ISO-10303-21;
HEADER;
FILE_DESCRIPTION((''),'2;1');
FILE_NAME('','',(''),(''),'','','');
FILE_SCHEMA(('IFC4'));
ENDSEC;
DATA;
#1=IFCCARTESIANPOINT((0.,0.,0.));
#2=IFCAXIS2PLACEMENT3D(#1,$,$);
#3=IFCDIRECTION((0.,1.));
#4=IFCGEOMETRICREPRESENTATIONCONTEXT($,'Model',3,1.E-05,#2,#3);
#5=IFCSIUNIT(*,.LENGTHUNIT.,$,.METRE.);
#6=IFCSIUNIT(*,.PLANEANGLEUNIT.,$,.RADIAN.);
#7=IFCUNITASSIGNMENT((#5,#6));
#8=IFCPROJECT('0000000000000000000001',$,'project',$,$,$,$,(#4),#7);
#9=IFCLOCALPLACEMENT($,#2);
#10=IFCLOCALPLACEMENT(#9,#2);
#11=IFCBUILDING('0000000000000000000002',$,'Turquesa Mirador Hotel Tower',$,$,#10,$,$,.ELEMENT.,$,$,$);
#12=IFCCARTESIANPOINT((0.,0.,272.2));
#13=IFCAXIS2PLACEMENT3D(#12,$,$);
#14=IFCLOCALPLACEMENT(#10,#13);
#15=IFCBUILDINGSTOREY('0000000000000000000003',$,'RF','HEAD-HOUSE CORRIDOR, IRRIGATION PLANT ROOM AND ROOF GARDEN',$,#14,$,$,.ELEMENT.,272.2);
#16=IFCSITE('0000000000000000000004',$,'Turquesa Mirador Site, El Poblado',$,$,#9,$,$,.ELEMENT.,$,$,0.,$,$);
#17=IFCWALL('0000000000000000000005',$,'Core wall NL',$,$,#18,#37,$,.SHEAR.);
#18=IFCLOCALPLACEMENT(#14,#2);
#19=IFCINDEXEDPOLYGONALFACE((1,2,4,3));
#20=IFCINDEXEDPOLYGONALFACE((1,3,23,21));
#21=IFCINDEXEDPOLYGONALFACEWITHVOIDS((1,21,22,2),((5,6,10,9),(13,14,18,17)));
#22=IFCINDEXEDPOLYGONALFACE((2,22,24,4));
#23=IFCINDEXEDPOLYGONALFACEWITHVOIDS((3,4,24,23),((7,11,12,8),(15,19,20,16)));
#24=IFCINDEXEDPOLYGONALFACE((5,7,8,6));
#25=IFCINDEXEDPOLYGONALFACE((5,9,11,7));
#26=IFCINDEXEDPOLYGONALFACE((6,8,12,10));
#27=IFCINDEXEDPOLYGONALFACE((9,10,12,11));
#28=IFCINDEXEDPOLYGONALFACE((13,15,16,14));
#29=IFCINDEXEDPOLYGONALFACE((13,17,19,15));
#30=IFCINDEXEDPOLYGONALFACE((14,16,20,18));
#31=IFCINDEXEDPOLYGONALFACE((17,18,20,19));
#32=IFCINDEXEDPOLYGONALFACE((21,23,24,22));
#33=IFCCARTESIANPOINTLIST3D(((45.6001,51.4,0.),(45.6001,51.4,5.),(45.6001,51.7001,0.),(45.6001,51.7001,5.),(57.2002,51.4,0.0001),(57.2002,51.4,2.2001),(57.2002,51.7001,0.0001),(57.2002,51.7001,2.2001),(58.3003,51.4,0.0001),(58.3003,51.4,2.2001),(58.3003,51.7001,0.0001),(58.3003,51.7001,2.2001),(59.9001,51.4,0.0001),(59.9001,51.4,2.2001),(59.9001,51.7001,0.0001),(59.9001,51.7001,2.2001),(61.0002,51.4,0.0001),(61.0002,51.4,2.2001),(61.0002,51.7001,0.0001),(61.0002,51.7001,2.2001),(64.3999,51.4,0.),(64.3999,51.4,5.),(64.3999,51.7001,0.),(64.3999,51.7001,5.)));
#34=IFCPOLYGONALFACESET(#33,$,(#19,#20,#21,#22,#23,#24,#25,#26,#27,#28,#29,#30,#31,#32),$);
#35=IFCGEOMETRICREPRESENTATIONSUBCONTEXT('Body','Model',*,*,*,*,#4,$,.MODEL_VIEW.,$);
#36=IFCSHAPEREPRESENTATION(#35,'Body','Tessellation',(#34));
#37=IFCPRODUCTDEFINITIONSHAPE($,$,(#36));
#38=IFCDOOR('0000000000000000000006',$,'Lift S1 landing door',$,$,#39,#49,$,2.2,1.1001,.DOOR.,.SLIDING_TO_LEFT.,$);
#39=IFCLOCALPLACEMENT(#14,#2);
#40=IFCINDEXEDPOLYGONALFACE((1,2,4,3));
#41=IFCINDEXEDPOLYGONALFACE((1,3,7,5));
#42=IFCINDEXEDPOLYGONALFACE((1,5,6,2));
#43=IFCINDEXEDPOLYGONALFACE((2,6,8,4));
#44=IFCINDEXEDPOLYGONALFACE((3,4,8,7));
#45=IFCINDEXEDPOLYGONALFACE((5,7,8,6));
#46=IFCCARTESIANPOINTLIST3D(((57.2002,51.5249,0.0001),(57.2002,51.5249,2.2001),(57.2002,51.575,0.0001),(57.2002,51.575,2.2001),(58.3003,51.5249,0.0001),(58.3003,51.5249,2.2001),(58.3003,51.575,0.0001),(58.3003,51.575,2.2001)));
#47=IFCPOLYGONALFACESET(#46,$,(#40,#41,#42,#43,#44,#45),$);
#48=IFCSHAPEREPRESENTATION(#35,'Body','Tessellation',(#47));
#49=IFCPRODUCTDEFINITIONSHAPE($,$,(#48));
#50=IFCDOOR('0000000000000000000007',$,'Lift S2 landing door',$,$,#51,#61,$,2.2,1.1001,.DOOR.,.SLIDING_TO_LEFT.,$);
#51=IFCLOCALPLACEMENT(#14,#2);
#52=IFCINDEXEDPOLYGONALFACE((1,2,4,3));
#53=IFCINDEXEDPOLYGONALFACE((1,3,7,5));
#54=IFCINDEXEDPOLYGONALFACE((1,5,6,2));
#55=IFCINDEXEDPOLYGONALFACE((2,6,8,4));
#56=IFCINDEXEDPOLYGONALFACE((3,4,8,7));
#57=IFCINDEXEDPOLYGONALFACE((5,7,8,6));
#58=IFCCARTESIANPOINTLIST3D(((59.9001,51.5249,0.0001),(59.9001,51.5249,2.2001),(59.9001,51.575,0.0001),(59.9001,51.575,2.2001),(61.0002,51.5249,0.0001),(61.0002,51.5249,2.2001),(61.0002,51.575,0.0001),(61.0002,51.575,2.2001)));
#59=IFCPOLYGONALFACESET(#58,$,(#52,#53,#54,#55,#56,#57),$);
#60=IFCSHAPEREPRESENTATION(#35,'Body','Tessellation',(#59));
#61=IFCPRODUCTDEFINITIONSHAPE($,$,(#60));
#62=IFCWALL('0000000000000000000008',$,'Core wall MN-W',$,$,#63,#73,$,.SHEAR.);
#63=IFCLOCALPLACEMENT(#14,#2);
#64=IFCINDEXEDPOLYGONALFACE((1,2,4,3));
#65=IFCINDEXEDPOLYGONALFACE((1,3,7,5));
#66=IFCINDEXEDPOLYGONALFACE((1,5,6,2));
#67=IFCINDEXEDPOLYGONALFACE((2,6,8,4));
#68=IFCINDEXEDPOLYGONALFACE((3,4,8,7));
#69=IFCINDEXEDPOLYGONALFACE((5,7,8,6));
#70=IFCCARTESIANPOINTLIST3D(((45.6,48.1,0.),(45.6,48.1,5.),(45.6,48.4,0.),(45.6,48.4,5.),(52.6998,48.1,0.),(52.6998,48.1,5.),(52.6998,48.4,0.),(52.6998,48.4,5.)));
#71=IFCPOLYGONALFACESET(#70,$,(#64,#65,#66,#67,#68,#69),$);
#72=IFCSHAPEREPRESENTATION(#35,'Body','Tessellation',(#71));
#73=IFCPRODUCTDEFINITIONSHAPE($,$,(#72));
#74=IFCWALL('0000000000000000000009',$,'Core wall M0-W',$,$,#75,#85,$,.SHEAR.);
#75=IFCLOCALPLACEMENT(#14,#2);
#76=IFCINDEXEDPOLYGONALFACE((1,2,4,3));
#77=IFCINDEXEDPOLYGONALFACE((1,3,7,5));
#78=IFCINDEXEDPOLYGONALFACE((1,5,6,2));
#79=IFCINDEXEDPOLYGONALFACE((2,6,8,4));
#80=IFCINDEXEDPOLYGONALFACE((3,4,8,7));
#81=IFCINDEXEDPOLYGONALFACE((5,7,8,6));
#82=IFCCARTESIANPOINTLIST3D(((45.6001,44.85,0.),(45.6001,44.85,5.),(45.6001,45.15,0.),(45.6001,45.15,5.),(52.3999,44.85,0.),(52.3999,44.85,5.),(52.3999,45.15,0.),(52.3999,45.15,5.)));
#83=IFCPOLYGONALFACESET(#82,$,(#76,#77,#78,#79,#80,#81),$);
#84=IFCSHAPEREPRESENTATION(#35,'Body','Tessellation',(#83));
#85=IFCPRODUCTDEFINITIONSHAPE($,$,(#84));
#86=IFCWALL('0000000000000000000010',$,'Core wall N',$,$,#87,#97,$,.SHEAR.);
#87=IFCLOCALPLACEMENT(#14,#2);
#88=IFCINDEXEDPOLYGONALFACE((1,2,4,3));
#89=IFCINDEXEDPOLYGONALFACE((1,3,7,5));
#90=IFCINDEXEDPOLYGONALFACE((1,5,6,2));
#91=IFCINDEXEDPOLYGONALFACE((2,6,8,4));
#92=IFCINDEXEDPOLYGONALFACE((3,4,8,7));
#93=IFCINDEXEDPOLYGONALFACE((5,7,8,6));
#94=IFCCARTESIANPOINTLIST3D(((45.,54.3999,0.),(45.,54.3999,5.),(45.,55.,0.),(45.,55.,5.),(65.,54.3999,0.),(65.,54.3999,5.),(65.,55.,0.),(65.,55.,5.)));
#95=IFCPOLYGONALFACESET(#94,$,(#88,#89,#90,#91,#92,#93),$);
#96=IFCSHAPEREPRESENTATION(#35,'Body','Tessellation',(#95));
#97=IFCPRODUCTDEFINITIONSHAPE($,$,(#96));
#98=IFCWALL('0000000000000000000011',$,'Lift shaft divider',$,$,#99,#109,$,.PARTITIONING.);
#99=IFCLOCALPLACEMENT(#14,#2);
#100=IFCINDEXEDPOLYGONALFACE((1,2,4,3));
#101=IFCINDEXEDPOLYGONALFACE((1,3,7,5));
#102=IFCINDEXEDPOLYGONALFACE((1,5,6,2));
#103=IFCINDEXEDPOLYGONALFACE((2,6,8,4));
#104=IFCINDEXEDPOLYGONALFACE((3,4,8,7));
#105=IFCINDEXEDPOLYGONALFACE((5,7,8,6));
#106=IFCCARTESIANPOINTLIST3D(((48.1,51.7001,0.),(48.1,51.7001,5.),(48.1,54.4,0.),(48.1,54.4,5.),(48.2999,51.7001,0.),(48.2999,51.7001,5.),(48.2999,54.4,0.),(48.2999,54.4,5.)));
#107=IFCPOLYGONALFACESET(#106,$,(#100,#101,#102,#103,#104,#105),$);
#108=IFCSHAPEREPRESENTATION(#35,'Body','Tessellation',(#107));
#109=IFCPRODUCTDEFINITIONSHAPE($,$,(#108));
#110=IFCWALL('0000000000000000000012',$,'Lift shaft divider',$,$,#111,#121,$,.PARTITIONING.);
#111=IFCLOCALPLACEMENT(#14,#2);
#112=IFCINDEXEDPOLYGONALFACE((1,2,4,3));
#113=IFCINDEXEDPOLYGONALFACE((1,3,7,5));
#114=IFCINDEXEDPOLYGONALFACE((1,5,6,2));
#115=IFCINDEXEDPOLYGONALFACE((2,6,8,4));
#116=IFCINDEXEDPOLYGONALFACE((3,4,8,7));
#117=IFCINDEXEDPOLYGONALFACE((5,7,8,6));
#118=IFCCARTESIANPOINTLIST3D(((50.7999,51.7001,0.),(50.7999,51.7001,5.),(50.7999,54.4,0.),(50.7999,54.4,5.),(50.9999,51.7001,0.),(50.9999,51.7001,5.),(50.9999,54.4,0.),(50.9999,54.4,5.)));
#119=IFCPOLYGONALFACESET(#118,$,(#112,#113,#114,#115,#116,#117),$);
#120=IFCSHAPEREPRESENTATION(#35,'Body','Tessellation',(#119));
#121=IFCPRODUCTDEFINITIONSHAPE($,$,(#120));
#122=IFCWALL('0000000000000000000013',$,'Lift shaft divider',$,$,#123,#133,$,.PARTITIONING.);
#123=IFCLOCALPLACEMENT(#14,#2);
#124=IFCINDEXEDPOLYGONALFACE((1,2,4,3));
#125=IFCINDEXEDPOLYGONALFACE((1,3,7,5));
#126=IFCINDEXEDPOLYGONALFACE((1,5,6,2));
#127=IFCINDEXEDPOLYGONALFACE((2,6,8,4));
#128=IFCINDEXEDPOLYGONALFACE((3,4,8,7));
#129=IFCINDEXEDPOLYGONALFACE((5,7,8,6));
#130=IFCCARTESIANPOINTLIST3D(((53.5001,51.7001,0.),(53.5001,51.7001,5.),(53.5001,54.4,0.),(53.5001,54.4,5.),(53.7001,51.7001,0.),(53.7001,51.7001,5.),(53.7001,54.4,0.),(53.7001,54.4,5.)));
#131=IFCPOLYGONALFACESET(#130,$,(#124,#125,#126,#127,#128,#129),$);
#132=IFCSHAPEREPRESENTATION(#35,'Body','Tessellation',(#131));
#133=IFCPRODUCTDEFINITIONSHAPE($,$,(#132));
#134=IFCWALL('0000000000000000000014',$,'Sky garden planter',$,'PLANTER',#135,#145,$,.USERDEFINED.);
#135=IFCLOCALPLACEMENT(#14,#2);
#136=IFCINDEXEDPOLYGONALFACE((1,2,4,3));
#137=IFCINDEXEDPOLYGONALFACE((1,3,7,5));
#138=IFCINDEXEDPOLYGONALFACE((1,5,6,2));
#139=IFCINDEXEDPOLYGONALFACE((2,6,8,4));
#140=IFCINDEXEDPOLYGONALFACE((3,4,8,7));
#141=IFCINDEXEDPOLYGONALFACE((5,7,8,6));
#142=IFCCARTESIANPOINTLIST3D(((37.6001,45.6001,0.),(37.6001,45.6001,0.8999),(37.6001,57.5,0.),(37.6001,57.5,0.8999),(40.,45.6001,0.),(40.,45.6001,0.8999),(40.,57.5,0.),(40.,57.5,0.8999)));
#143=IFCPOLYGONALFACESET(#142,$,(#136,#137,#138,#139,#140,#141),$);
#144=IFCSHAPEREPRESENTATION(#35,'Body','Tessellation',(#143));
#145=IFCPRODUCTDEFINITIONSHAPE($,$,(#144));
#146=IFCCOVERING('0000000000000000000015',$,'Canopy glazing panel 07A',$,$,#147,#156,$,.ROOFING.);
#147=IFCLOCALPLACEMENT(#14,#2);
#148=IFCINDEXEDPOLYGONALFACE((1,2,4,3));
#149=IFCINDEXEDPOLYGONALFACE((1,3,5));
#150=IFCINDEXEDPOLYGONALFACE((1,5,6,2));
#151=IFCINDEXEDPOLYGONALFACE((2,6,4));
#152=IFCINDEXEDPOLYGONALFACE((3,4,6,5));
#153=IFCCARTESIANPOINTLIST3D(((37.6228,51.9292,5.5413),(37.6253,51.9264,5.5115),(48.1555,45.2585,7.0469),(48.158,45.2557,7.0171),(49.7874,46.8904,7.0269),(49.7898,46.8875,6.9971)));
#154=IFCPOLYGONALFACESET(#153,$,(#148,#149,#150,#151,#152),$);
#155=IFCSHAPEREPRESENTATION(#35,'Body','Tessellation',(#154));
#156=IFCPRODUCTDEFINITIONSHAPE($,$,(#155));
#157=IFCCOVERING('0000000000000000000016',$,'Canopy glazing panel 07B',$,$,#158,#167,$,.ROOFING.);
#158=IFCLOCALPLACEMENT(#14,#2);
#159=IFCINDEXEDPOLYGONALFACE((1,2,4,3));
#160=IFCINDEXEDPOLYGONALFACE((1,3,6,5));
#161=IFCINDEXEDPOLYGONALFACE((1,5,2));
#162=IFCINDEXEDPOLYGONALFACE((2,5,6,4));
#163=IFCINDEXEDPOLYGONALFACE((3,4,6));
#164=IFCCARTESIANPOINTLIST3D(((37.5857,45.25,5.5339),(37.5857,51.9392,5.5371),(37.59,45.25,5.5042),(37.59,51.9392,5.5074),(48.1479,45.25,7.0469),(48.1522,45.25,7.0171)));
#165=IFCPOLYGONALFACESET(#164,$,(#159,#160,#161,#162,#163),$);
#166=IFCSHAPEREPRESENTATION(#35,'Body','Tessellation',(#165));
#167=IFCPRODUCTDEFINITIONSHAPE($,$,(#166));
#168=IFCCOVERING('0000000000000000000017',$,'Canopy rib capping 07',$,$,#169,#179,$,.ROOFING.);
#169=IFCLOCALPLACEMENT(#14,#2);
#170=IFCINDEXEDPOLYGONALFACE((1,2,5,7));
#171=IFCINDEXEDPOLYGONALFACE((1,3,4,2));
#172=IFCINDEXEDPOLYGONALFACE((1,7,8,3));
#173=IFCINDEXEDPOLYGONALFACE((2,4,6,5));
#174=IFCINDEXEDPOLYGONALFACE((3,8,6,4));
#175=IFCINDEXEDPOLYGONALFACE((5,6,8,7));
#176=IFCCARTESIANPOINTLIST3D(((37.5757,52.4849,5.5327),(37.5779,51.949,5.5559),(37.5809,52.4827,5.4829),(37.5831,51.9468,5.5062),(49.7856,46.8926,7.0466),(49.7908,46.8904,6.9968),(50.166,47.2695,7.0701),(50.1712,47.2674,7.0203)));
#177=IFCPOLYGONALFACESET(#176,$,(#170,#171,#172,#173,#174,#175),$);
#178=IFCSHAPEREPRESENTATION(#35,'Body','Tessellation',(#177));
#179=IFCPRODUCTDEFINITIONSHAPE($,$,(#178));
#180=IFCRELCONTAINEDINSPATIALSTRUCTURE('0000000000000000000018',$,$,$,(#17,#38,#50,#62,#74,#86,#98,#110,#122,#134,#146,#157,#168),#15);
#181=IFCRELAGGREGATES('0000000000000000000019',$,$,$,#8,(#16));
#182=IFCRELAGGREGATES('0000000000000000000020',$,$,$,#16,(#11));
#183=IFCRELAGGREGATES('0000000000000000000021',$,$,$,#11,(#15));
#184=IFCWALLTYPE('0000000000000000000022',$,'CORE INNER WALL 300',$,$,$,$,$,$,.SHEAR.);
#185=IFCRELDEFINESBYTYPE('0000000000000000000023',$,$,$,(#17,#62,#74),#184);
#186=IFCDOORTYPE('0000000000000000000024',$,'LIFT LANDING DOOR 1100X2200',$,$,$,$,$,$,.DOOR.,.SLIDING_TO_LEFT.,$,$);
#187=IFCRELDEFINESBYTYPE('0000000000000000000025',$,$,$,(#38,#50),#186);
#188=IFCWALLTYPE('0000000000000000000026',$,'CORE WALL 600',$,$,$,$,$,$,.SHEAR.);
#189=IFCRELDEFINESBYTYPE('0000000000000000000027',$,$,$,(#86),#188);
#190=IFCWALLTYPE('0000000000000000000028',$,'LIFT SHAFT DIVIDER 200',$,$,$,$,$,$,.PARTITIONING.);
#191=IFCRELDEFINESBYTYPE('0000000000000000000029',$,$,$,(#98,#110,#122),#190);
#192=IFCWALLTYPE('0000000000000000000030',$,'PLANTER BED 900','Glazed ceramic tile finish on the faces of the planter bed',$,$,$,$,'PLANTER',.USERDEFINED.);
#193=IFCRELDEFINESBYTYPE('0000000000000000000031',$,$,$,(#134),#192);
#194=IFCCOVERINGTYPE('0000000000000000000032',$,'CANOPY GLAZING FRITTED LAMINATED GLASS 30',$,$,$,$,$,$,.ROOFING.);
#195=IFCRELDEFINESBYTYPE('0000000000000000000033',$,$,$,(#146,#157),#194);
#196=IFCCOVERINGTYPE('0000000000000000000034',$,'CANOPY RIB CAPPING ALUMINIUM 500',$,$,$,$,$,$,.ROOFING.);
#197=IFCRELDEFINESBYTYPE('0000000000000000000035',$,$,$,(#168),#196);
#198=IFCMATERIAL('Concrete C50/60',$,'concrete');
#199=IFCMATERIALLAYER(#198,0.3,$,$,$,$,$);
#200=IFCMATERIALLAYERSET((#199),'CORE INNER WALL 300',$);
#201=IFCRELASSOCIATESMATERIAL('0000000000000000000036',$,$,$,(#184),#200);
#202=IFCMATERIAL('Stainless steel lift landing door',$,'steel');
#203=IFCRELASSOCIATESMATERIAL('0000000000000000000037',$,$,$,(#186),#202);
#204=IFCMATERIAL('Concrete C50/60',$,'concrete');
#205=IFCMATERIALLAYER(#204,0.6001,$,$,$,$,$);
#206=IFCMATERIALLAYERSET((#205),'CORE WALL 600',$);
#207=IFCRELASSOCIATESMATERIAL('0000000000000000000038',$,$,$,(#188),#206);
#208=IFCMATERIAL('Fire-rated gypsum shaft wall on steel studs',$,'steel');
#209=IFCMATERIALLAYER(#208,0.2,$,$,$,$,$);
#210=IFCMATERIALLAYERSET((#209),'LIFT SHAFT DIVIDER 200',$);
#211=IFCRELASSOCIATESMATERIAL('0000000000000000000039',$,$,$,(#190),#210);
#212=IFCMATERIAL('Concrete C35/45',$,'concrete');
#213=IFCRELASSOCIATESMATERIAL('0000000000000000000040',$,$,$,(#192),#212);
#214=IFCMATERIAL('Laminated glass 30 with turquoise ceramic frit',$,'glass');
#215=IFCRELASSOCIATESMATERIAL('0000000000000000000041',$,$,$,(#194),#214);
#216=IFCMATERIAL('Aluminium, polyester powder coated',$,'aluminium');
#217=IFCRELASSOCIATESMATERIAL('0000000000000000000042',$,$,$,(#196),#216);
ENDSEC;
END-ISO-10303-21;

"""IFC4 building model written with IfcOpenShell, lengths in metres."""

from ifc_helpers import new_model, si_unit, direction, frame, frame_2d, origin, origin_2d, place, context, subcontext, project, spatial, polyline, rectangle, outline, extrude, material, layer, layer_set, type_object, element, fill, save


model = new_model("IFC4")

# Units and contexts
model_context = context("Model", 3, precision=1e-05, world=origin(), true_north=direction((0.0, 1.0)))
body_context = subcontext(model_context, "Body", "Model", "MODEL_VIEW")
ifc_project = project(units=[si_unit("LENGTHUNIT", "METRE"), si_unit("PLANEANGLEUNIT", "RADIAN")], contexts=[model_context])

# Site, building, storey
site_placement = place(None, origin())
site = spatial("IfcSite", under=ifc_project, at=site_placement, Name="Turquesa Mirador Site, El Poblado", CompositionType="ELEMENT", RefElevation=0.0)
building_placement = place(site_placement, origin())
building = spatial("IfcBuilding", under=site, at=building_placement, Name="Turquesa Mirador Hotel Tower", CompositionType="ELEMENT")
storey_placement = place(building_placement, frame((0.0, 0.0, 272.2)))
storey = spatial("IfcBuildingStorey", under=building, at=storey_placement, Name="RF", Description="HEAD-HOUSE CORRIDOR, IRRIGATION PLANT ROOM AND ROOF GARDEN", CompositionType="ELEMENT", Elevation=272.2)

# Wall, openings, doors
ifc_material_1 = material(Name="Concrete C50/60", Category="concrete")
ifc_layer_1 = layer(ifc_material_1, 0.3)
ifc_layer_set_1 = layer_set([ifc_layer_1], Name="CORE INNER WALL 300")
wall_type_1 = type_object("IfcWallType", Name="CORE INNER WALL 300", PredefinedType="SHEAR", material=ifc_layer_set_1)
wall_1_placement = place(storey_placement, frame((45.6001, 51.55, 0.0), z_axis=(0.0, 0.0, 1.0), x_axis=(1.0, 0.0, 0.0)))
wall_1 = element("IfcWall", 1, at=wall_1_placement, inside=storey, type_object=wall_type_1, Name="Core wall NL", PredefinedType="SHEAR", context=body_context, shape_type="SweptSolid", body=[
    extrude(rectangle(XDim=18.7998, YDim=0.3, at=frame_2d((9.3999, 0.0))), origin(), (0.0, 0.0, 1.0), 5.0),
])
opening_1_placement = place(wall_1_placement, frame((11.6001, 0.0, 0.0)))
opening_1 = element("IfcOpeningElement", 2, at=opening_1_placement, cuts=wall_1, PredefinedType="OPENING", context=body_context, shape_type="SweptSolid", body=[
    extrude(rectangle(XDim=1.1001, YDim=2.2, at=frame_2d((0.55, 1.1001))), frame((0.0, 0.1599, 0.0), z_axis=(0.0, -1.0, 0.0), x_axis=(1.0, 0.0, 0.0)), (0.0, 0.0, 1.0), 0.3201),
])
opening_2_placement = place(wall_1_placement, frame((14.3, 0.0, 0.0)))
opening_2 = element("IfcOpeningElement", 3, at=opening_2_placement, cuts=wall_1, PredefinedType="OPENING", context=body_context, shape_type="SweptSolid", body=[
    extrude(rectangle(XDim=1.1001, YDim=2.2, at=frame_2d((0.55, 1.1001))), frame((0.0, 0.1599, 0.0), z_axis=(0.0, -1.0, 0.0), x_axis=(1.0, 0.0, 0.0)), (0.0, 0.0, 1.0), 0.3201),
])
ifc_material_2 = material(Name="Stainless steel lift landing door", Category="steel")
door_type = type_object("IfcDoorType", Name="LIFT LANDING DOOR 1100X2200", OperationType="SLIDING_TO_LEFT", PredefinedType="DOOR", material=ifc_material_2)
door_1_placement = place(opening_1_placement, origin())
door_1 = element("IfcDoor", 4, at=door_1_placement, inside=storey, type_object=door_type, Name="Lift S1 landing door", OperationType="SLIDING_TO_LEFT", OverallHeight=2.2, OverallWidth=1.1001, PredefinedType="DOOR", context=body_context, shape_type="SweptSolid", body=[
    extrude(rectangle(XDim=1.1001, YDim=2.2, at=frame_2d((0.55, 1.1001))), frame((0.0, 0.0249, 0.0), z_axis=(0.0, -1.0, 0.0), x_axis=(1.0, 0.0, 0.0)), (0.0, 0.0, 1.0), 0.05),
])
fill(opening_1, door_1)
door_2_placement = place(opening_2_placement, origin())
door_2 = element("IfcDoor", 5, at=door_2_placement, inside=storey, type_object=door_type, Name="Lift S2 landing door", OperationType="SLIDING_TO_LEFT", OverallHeight=2.2, OverallWidth=1.1001, PredefinedType="DOOR", context=body_context, shape_type="SweptSolid", body=[
    extrude(rectangle(XDim=1.1001, YDim=2.2, at=frame_2d((0.55, 1.1001))), frame((0.0, 0.0249, 0.0), z_axis=(0.0, -1.0, 0.0), x_axis=(1.0, 0.0, 0.0)), (0.0, 0.0, 1.0), 0.05),
])
fill(opening_2, door_2)

# Walls
wall_2_placement = place(storey_placement, frame((45.6001, 48.25, 0.0), z_axis=(0.0, 0.0, 1.0), x_axis=(1.0, 0.0, 0.0)))
element("IfcWall", 6, at=wall_2_placement, inside=storey, type_object=wall_type_1, Name="Core wall MN-W", PredefinedType="SHEAR", context=body_context, shape_type="SweptSolid", body=[
    extrude(rectangle(XDim=7.0999, YDim=0.3, at=frame_2d((3.5498, 0.0))), origin(), (0.0, 0.0, 1.0), 5.0),
])
wall_3_placement = place(storey_placement, frame((45.6001, 45.0, 0.0), z_axis=(0.0, 0.0, 1.0), x_axis=(1.0, 0.0, 0.0)))
element("IfcWall", 7, at=wall_3_placement, inside=storey, type_object=wall_type_1, Name="Core wall M0-W", PredefinedType="SHEAR", context=body_context, shape_type="SweptSolid", body=[
    extrude(rectangle(XDim=6.7998, YDim=0.3, at=frame_2d((3.3999, 0.0))), origin(), (0.0, 0.0, 1.0), 5.0),
])
ifc_material_3 = material(Name="Concrete C50/60", Category="concrete")
ifc_layer_2 = layer(ifc_material_3, 0.6001)
ifc_layer_set_2 = layer_set([ifc_layer_2], Name="CORE WALL 600")
wall_type_2 = type_object("IfcWallType", Name="CORE WALL 600", PredefinedType="SHEAR", material=ifc_layer_set_2)
wall_4_placement = place(storey_placement, frame((45.0, 54.7, 0.0), z_axis=(0.0, 0.0, 1.0), x_axis=(1.0, 0.0, 0.0)))
element("IfcWall", 8, at=wall_4_placement, inside=storey, type_object=wall_type_2, Name="Core wall N", PredefinedType="SHEAR", context=body_context, shape_type="SweptSolid", body=[
    extrude(rectangle(XDim=20.0, YDim=0.6001, at=frame_2d((10.0, 0.0))), origin(), (0.0, 0.0, 1.0), 5.0),
])
ifc_material_4 = material(Name="Fire-rated gypsum shaft wall on steel studs", Category="steel")
ifc_layer_3 = layer(ifc_material_4, 0.2)
ifc_layer_set_3 = layer_set([ifc_layer_3], Name="LIFT SHAFT DIVIDER 200")
wall_type_3 = type_object("IfcWallType", Name="LIFT SHAFT DIVIDER 200", PredefinedType="PARTITIONING", material=ifc_layer_set_3)
for number, where, z_axis, x_axis, name in (
    (9, (48.2, 51.7, 0.0), (0.0, 0.0, 1.0), (0.0, 1.0, 0.0), "Lift shaft divider"),
    (10, (50.8999, 51.7, 0.0), (0.0, 0.0, 1.0), (0.0, 1.0, 0.0), "Lift shaft divider"),
    (11, (53.6001, 51.7, 0.0), (0.0, 0.0, 1.0), (0.0, 1.0, 0.0), "Lift shaft divider"),
):
    element("IfcWall", number, at=place(storey_placement, frame(where, z_axis=z_axis, x_axis=x_axis)), inside=storey, type_object=wall_type_3, Name=name, PredefinedType="PARTITIONING", context=body_context, shape_type="SweptSolid", body=[
        extrude(rectangle(XDim=2.7, YDim=0.2, at=frame_2d((1.3501, 0.0))), origin(), (0.0, 0.0, 1.0), 5.0),
    ])
ifc_material_5 = material(Name="Concrete C35/45", Category="concrete")
wall_type_4 = type_object("IfcWallType", Name="PLANTER BED 900", Description="Glazed ceramic tile finish on the faces of the planter bed", ElementType="PLANTER", PredefinedType="USERDEFINED", material=ifc_material_5)
wall_5_placement = place(storey_placement, frame((38.8, 51.55, 0.0), z_axis=(0.0, 0.0, 1.0), x_axis=(1.0, 0.0, 0.0)))
element("IfcWall", 12, at=wall_5_placement, inside=storey, type_object=wall_type_4, Name="Sky garden planter", ObjectType="PLANTER", PredefinedType="USERDEFINED", context=body_context, shape_type="SweptSolid", body=[
    extrude(rectangle(XDim=2.3999, YDim=11.8999, at=origin_2d()), origin(), (0.0, 0.0, 1.0), 0.8999),
])

# Coverings
ifc_material_6 = material(Name="Laminated glass 30 with turquoise ceramic frit", Category="glass")
covering_type_1 = type_object("IfcCoveringType", Name="CANOPY GLAZING FRITTED LAMINATED GLASS 30", PredefinedType="ROOFING", material=ifc_material_6)
covering_1_placement = place(storey_placement, frame((37.6228, 51.9292, 5.5413), z_axis=(-0.082112, 0.094284, 0.992153), x_axis=(0.918052, -0.380277, 0.112117)))
element("IfcCovering", 13, at=covering_1_placement, inside=storey, type_object=covering_type_1, Name="Canopy glazing panel 07A", PredefinedType="ROOFING", context=body_context, shape_type="SweptSolid", body=[
    extrude(outline(polyline([(0.0, 0.0), (13.2504, 0.0), (12.3751, -2.1354), (0.0, 0.0)])), origin(), (0.0, 0.0, -1.0), 0.03),
])
covering_2_placement = place(storey_placement, frame((37.5857, 51.9392, 5.5371), z_axis=(-0.141793, -0.00047, 0.989896), x_axis=(0.838734, -0.531181, 0.119888)))
element("IfcCovering", 14, at=covering_2_placement, inside=storey, type_object=covering_type_1, Name="Canopy glazing panel 07B", PredefinedType="ROOFING", context=body_context, shape_type="SweptSolid", body=[
    extrude(outline(polyline([(0.0, 0.0), (12.5931, 0.0), (3.5528, -5.6677), (0.0, 0.0)])), origin(), (0.0, 0.0, -1.0), 0.03),
])
ifc_material_7 = material(Name="Aluminium, polyester powder coated", Category="aluminium")
covering_type_2 = type_object("IfcCoveringType", Name="CANOPY RIB CAPPING ALUMINIUM 500", PredefinedType="ROOFING", material=ifc_material_7)
covering_3_placement = place(storey_placement, frame((37.5779, 51.949, 5.5559), z_axis=(-0.103661, 0.042679, 0.993697), x_axis=(0.918062, -0.380257, 0.112103)))
element("IfcCovering", 15, at=covering_3_placement, inside=storey, type_object=covering_type_2, Name="Canopy rib capping 07", PredefinedType="ROOFING", context=body_context, shape_type="SweptSolid", body=[
    extrude(outline(polyline([(0.0, 0.0), (13.2973, 0.0), (13.5058, 0.4938), (-0.2084, 0.4943), (0.0, 0.0)])), origin(), (0.0, 0.0, -1.0), 0.05),
])

save(model, "model.ifc")
